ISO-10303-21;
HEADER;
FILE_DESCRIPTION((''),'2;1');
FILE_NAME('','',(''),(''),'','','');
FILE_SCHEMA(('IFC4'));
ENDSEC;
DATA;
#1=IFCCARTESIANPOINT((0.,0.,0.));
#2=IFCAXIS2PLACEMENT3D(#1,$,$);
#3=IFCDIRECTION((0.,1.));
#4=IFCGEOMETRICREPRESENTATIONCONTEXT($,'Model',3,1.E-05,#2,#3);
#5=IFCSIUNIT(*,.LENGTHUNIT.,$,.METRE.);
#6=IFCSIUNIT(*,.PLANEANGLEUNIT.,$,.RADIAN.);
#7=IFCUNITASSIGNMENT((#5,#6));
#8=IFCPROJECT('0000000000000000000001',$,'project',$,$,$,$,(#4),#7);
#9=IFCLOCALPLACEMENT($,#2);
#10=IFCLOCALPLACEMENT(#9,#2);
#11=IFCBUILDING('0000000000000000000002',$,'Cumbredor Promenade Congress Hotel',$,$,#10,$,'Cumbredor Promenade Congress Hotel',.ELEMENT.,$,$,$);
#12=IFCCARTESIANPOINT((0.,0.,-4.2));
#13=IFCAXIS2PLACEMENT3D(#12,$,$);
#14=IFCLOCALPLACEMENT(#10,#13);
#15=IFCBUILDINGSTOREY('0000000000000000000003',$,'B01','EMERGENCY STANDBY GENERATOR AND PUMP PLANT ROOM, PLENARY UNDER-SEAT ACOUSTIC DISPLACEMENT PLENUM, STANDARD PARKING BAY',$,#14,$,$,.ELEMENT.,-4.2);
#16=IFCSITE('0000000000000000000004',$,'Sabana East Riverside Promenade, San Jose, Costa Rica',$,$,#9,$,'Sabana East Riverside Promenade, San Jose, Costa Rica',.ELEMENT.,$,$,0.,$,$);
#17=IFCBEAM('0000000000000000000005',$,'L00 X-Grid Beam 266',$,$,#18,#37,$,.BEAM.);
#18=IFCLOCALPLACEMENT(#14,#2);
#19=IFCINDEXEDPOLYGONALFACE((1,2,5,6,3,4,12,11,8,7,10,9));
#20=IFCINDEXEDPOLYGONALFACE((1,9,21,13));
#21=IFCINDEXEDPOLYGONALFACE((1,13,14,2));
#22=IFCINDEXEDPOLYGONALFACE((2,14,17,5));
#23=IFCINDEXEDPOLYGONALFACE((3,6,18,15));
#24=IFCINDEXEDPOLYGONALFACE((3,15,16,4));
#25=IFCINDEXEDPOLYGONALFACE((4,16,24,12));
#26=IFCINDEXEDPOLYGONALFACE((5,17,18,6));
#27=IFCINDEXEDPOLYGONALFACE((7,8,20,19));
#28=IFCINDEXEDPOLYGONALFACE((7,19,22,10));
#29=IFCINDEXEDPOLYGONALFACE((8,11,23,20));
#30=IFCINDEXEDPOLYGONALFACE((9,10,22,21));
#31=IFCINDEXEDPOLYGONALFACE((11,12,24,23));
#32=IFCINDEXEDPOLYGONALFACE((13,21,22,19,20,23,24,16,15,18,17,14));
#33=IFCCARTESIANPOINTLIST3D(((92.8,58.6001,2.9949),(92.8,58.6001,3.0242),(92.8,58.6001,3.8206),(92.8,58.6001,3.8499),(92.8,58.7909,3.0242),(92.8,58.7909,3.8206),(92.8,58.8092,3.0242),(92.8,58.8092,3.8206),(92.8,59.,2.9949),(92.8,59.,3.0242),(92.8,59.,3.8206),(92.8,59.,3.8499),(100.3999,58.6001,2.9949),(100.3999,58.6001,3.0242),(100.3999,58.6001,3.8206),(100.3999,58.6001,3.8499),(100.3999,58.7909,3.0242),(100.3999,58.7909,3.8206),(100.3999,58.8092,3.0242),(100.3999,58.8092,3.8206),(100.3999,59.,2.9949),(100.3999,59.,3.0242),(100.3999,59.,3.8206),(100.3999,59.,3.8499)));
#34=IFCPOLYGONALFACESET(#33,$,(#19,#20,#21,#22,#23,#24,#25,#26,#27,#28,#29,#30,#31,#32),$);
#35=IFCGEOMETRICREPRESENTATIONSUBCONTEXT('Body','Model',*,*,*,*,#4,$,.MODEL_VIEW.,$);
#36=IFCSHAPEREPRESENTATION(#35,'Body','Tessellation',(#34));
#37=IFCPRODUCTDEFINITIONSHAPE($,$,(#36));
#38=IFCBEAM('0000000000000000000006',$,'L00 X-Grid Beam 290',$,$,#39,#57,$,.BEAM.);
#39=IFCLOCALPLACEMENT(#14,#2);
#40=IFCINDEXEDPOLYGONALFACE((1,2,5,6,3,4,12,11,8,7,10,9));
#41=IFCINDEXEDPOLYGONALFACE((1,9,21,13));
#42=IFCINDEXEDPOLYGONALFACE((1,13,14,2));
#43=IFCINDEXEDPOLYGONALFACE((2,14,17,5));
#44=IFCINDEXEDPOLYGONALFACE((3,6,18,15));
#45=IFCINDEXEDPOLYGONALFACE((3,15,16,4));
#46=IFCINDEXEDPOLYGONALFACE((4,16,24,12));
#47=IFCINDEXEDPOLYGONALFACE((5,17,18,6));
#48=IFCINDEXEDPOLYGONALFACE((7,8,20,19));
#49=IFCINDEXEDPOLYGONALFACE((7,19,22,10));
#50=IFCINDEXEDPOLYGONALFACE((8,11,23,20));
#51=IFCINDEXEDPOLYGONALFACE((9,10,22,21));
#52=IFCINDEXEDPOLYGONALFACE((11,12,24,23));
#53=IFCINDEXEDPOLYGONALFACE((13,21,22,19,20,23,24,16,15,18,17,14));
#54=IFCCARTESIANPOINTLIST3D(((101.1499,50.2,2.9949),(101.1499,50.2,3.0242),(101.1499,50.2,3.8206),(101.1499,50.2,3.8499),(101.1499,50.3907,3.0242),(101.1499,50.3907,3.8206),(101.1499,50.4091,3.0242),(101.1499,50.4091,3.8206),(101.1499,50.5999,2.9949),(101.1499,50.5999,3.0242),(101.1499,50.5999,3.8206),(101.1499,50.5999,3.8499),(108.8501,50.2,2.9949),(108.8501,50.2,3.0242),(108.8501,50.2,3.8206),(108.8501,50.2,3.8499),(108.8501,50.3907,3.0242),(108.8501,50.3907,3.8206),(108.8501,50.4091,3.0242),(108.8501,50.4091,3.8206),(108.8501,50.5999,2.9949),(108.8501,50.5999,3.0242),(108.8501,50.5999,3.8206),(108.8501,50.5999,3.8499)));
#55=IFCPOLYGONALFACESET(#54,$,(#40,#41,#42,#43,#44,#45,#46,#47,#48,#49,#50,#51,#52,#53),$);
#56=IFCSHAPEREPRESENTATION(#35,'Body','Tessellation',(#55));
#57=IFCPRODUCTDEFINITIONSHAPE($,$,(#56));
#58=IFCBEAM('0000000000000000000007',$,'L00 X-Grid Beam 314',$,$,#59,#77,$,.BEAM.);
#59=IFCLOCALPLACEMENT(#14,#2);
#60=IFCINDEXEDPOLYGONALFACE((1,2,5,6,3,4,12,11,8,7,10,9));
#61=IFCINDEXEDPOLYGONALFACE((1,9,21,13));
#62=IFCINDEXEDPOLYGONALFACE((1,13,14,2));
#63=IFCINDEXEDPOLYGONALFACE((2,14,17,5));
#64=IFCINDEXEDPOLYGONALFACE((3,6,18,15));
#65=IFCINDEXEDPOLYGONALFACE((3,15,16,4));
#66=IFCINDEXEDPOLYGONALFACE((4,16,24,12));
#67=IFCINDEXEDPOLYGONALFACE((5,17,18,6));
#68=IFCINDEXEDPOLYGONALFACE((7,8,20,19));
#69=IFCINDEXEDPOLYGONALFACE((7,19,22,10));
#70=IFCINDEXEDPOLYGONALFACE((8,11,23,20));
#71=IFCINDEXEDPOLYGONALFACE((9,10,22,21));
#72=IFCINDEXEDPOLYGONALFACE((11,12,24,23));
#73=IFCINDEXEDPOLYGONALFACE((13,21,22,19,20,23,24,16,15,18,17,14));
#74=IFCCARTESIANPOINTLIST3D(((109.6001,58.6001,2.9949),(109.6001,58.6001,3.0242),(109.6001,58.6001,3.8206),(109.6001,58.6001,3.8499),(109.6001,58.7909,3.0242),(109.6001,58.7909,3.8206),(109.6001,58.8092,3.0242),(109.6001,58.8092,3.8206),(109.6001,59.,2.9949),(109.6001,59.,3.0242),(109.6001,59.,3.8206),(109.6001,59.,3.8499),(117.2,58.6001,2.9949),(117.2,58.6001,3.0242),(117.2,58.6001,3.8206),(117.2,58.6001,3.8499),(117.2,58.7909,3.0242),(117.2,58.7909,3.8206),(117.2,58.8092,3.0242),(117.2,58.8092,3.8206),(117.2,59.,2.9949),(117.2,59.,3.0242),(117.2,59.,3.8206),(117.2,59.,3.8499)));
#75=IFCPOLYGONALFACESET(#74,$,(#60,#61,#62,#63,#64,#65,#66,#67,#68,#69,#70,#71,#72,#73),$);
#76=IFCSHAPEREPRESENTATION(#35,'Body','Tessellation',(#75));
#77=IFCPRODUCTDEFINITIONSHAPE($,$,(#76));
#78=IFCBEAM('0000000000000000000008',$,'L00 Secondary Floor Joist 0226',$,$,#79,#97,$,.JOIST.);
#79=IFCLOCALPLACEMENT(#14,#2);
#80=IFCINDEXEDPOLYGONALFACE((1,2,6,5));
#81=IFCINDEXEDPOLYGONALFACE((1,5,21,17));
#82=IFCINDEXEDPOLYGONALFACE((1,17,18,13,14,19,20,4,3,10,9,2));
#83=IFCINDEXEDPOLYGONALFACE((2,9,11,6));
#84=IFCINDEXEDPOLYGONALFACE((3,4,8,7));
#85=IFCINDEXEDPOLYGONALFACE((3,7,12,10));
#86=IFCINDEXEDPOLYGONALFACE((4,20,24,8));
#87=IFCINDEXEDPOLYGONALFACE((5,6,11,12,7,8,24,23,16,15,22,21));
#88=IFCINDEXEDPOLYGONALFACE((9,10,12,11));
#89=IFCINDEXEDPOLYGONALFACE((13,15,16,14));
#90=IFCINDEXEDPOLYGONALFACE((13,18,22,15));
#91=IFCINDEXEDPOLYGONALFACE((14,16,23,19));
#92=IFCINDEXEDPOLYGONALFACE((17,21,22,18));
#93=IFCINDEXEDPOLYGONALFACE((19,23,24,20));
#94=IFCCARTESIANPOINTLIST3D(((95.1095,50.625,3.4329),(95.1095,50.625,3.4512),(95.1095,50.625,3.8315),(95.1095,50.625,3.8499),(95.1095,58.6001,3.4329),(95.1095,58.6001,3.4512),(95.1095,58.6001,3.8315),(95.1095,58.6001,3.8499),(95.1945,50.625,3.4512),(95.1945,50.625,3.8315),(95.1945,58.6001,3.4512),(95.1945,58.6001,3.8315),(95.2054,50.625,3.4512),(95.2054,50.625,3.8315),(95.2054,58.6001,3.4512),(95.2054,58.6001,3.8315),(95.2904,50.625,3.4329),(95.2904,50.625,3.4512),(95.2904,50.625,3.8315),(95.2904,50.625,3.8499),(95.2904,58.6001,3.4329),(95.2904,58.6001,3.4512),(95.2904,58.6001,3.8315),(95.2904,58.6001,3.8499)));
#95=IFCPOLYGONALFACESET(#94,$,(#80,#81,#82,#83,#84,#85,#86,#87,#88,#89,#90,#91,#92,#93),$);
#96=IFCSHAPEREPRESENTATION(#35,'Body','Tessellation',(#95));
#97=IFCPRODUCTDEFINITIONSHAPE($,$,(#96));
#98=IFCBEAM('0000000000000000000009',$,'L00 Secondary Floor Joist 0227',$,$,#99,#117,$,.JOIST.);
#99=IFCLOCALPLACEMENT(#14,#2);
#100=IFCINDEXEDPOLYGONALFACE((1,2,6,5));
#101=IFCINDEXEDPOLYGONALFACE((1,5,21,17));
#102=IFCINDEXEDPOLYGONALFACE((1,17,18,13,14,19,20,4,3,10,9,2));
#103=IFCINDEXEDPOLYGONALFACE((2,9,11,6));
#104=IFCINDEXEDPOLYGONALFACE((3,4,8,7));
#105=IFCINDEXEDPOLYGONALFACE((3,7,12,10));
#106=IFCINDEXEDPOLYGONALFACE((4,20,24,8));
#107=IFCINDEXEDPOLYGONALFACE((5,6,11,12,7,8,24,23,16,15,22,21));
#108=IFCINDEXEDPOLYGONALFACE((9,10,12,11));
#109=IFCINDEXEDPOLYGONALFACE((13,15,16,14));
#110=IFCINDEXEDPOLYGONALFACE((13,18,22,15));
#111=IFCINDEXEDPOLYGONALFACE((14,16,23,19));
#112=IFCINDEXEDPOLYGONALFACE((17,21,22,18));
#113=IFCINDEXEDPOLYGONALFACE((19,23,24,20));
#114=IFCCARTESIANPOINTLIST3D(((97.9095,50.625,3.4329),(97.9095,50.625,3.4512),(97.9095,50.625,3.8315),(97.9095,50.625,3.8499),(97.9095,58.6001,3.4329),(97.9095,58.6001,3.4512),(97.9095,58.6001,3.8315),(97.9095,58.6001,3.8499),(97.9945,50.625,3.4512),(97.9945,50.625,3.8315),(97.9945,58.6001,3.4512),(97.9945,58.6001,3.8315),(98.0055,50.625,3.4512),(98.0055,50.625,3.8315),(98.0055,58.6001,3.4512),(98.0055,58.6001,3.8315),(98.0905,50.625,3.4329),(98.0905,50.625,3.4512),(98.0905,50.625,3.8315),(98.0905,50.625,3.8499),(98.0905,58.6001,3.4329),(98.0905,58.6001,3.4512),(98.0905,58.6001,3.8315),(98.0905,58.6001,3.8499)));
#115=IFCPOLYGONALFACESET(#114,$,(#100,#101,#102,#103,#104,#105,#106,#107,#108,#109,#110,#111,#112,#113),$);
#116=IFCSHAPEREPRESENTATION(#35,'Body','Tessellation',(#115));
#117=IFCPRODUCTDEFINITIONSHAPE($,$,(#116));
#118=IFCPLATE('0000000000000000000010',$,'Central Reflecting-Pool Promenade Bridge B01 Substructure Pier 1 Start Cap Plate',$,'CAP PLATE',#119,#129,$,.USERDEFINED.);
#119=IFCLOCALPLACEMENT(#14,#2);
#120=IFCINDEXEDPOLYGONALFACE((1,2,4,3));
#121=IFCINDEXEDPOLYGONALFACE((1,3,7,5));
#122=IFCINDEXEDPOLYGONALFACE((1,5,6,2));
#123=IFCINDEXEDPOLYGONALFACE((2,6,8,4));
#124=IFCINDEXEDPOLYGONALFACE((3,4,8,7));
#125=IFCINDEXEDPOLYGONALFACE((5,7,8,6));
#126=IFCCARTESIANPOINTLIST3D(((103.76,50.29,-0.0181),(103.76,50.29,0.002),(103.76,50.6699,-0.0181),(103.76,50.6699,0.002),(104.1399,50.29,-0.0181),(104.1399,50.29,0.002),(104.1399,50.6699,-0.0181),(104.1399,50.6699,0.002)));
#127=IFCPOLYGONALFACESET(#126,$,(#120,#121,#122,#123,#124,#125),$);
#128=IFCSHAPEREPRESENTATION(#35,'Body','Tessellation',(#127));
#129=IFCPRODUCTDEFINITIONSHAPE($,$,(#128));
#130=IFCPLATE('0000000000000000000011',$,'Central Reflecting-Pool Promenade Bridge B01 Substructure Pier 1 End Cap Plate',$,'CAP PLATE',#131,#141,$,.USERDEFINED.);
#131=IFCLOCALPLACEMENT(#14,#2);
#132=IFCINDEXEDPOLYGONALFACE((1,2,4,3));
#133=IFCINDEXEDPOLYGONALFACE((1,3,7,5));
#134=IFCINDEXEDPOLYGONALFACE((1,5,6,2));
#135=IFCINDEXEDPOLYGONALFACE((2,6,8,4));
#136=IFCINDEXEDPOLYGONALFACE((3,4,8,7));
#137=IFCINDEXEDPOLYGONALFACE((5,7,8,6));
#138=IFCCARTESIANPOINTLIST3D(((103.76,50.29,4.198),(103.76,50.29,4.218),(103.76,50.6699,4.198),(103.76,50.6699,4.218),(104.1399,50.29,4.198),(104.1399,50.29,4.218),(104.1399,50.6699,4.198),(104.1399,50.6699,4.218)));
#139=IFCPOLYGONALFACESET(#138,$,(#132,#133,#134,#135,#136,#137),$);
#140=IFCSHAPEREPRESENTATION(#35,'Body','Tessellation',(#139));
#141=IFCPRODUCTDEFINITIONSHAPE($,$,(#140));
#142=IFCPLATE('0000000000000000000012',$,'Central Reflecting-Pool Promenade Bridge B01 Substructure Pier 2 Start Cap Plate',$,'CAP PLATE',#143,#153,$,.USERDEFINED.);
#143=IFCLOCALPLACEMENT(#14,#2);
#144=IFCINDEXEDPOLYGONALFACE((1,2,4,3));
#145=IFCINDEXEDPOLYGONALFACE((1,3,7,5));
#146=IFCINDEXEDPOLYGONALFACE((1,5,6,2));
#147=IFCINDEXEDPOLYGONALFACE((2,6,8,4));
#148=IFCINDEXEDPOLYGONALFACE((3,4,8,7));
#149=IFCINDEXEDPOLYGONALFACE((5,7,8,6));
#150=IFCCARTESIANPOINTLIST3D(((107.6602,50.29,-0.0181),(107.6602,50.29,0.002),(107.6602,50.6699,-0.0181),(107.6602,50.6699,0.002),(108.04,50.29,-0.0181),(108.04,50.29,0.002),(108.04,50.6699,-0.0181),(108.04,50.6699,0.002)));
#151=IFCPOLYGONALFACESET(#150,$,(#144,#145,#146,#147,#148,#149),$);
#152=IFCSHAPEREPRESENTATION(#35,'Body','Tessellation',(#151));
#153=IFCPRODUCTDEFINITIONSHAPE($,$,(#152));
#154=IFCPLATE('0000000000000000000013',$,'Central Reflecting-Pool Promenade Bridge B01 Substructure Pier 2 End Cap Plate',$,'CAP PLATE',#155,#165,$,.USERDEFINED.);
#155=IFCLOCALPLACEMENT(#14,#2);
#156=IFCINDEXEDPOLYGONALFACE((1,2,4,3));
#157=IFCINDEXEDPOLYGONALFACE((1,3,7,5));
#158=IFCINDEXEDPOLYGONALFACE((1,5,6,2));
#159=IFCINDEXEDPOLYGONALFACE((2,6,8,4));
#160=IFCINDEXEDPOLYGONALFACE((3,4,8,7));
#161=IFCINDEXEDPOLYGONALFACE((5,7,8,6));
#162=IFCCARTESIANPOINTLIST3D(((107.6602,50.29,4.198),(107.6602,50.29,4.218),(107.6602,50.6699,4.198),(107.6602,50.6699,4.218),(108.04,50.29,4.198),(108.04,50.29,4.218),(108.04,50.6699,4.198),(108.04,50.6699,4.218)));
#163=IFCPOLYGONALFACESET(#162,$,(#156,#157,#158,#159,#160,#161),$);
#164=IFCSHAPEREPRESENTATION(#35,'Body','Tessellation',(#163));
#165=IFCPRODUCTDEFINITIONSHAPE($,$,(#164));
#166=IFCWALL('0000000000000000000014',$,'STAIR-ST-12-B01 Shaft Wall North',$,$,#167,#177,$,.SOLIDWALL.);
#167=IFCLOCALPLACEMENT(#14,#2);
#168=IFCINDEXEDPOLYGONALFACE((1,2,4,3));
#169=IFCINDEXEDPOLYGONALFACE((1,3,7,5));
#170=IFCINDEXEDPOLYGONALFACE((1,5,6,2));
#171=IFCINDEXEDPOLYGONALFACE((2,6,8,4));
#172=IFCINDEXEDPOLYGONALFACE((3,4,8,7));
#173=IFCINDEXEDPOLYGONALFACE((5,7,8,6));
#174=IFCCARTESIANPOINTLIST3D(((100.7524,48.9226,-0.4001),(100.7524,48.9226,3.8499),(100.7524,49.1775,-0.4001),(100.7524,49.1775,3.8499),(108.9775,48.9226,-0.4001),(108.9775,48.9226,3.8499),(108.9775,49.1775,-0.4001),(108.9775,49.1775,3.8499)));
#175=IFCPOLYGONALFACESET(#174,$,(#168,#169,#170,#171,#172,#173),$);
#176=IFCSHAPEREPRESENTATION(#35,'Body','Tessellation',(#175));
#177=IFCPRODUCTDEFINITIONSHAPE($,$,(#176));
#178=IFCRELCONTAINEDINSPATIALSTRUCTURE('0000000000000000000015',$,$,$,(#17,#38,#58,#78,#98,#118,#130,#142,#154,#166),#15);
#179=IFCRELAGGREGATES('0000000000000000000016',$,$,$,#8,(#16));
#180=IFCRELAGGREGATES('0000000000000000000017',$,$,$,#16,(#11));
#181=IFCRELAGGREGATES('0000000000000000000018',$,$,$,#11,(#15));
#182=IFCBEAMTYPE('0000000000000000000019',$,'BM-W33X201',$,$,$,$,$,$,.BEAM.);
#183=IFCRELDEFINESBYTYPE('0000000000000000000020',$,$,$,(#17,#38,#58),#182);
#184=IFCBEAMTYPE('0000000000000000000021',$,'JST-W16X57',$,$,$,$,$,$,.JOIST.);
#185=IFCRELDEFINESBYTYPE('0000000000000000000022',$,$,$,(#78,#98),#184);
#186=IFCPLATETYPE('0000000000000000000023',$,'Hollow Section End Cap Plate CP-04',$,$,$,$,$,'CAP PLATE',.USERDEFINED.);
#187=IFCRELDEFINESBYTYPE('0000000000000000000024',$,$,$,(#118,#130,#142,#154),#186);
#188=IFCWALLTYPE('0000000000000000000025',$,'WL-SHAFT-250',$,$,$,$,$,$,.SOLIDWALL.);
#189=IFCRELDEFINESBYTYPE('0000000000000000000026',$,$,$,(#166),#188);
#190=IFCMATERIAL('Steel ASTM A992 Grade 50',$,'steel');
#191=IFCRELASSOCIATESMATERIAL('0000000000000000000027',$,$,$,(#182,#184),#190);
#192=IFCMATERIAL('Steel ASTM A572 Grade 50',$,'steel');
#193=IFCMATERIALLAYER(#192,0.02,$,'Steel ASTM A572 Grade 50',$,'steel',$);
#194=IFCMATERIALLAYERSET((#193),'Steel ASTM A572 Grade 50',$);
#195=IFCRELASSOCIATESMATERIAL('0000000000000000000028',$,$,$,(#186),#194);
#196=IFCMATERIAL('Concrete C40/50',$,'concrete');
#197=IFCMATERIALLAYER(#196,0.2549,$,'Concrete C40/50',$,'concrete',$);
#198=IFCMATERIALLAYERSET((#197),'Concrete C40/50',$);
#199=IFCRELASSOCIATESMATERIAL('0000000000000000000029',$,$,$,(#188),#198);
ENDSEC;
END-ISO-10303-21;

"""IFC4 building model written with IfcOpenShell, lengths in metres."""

from ifc_helpers import new_model, si_unit, direction, frame, frame_2d, origin, origin_2d, place, context, subcontext, project, spatial, rectangle, i_section, extrude, material, layer, layer_set, material_profile, profile_set, type_object, element, save


model = new_model("IFC4")

# Units and contexts
model_context = context("Model", 3, precision=1e-05, world=origin(), true_north=direction((0.0, 1.0)))
body_context = subcontext(model_context, "Body", "Model", "MODEL_VIEW")
ifc_project = project(units=[si_unit("LENGTHUNIT", "METRE"), si_unit("PLANEANGLEUNIT", "RADIAN")], contexts=[model_context])

# Site, building, storey
site_placement = place(None, origin())
site = spatial("IfcSite", under=ifc_project, at=site_placement, Name="Sabana East Riverside Promenade, San Jose, Costa Rica", LongName="Sabana East Riverside Promenade, San Jose, Costa Rica", CompositionType="ELEMENT", RefElevation=0.0)
building_placement = place(site_placement, origin())
building = spatial("IfcBuilding", under=site, at=building_placement, Name="Cumbredor Promenade Congress Hotel", LongName="Cumbredor Promenade Congress Hotel", CompositionType="ELEMENT")
storey_placement = place(building_placement, frame((0.0, 0.0, -4.2)))
storey = spatial("IfcBuildingStorey", under=building, at=storey_placement, Name="B01", Description="EMERGENCY STANDBY GENERATOR AND PUMP PLANT ROOM, PLENARY UNDER-SEAT ACOUSTIC DISPLACEMENT PLENUM, STANDARD PARKING BAY", CompositionType="ELEMENT", Elevation=-4.2)

# Shared definitions
ifc_material_1 = material(Name="Concrete C40/50", Category="concrete")

# Beams
ifc_material_2 = material(Name="Steel ASTM A992 Grade 50", Category="steel")
ifc_material_profile_1 = material_profile(ifc_material_2, i_section(OverallWidth=0.3999, OverallDepth=0.855, WebThickness=0.0183, FlangeThickness=0.0293, at=origin_2d()), Name="W33X201")
ifc_profile_set_1 = profile_set([ifc_material_profile_1], Name="Steel ASTM A992 Grade 50")
beam_type_1 = type_object("IfcBeamType", Name="BM-W33X201", PredefinedType="BEAM", material=ifc_profile_set_1)
beam_1_placement = place(storey_placement, frame((92.8, 58.8, 3.4224), z_axis=(1.0, 0.0, 0.0), x_axis=(0.0, 1.0, 0.0)))
element("IfcBeam", 1, at=beam_1_placement, inside=storey, type_object=beam_type_1, Name="L00 X-Grid Beam 266", PredefinedType="BEAM", context=body_context, shape_type="SweptSolid", body=[
    extrude(i_section(OverallWidth=0.3999, OverallDepth=0.855, WebThickness=0.0183, FlangeThickness=0.0293, at=origin_2d()), origin(), (0.0, 0.0, 1.0), 7.5999),
])
beam_2_placement = place(storey_placement, frame((101.1499, 50.3999, 3.4224), z_axis=(1.0, 0.0, 0.0), x_axis=(0.0, 1.0, 0.0)))
element("IfcBeam", 2, at=beam_2_placement, inside=storey, type_object=beam_type_1, Name="L00 X-Grid Beam 290", PredefinedType="BEAM", context=body_context, shape_type="SweptSolid", body=[
    extrude(i_section(OverallWidth=0.3999, OverallDepth=0.855, WebThickness=0.0183, FlangeThickness=0.0293, at=origin_2d()), origin(), (0.0, 0.0, 1.0), 7.7002),
])
beam_3_placement = place(storey_placement, frame((109.6001, 58.8, 3.4224), z_axis=(1.0, 0.0, 0.0), x_axis=(0.0, 1.0, 0.0)))
element("IfcBeam", 3, at=beam_3_placement, inside=storey, type_object=beam_type_1, Name="L00 X-Grid Beam 314", PredefinedType="BEAM", context=body_context, shape_type="SweptSolid", body=[
    extrude(i_section(OverallWidth=0.3999, OverallDepth=0.855, WebThickness=0.0183, FlangeThickness=0.0293, at=origin_2d()), origin(), (0.0, 0.0, 1.0), 7.5999),
])
ifc_material_profile_2 = material_profile(ifc_material_2, i_section(OverallWidth=0.1809, OverallDepth=0.417, WebThickness=0.011, FlangeThickness=0.0183, at=origin_2d()), Name="W16X57")
ifc_profile_set_2 = profile_set([ifc_material_profile_2], Name="Steel ASTM A992 Grade 50")
beam_type_2 = type_object("IfcBeamType", Name="JST-W16X57", PredefinedType="JOIST", material=ifc_profile_set_2)
for number, where, z_axis, x_axis, name in (
    (4, (95.2, 50.625, 3.6414), (0.0, 1.0, 0.0), (-1.0, 0.0, 0.0), "L00 Secondary Floor Joist 0226"),
    (5, (98.0, 50.625, 3.6414), (0.0, 1.0, 0.0), (-1.0, 0.0, 0.0), "L00 Secondary Floor Joist 0227"),
):
    element("IfcBeam", number, at=place(storey_placement, frame(where, z_axis=z_axis, x_axis=x_axis)), inside=storey, type_object=beam_type_2, Name=name, PredefinedType="JOIST", context=body_context, shape_type="SweptSolid", body=[
        extrude(i_section(OverallWidth=0.1809, OverallDepth=0.417, WebThickness=0.011, FlangeThickness=0.0183, at=origin_2d()), origin(), (0.0, 0.0, 1.0), 7.9751),
    ])

# Plates
ifc_material_3 = material(Name="Steel ASTM A572 Grade 50", Category="steel")
ifc_layer_1 = layer(ifc_material_3, 0.02, Name="Steel ASTM A572 Grade 50", Category="steel")
ifc_layer_set_1 = layer_set([ifc_layer_1], Name="Steel ASTM A572 Grade 50")
plate_type = type_object("IfcPlateType", Name="Hollow Section End Cap Plate CP-04", ElementType="CAP PLATE", PredefinedType="USERDEFINED", material=ifc_layer_set_1)
for number, where, z_axis, x_axis, name in (
    (6, (103.95, 50.48, -0.0181), (0.0, 0.0, 1.0), (1.0, 0.0, 0.0), "Central Reflecting-Pool Promenade Bridge B01 Substructure Pier 1 Start Cap Plate"),
    (7, (103.95, 50.48, 4.198), (0.0, 0.0, 1.0), (1.0, 0.0, 0.0), "Central Reflecting-Pool Promenade Bridge B01 Substructure Pier 1 End Cap Plate"),
    (8, (107.8501, 50.48, -0.0181), (0.0, 0.0, 1.0), (1.0, 0.0, 0.0), "Central Reflecting-Pool Promenade Bridge B01 Substructure Pier 2 Start Cap Plate"),
    (9, (107.8501, 50.48, 4.198), (0.0, 0.0, 1.0), (1.0, 0.0, 0.0), "Central Reflecting-Pool Promenade Bridge B01 Substructure Pier 2 End Cap Plate"),
):
    element("IfcPlate", number, at=place(storey_placement, frame(where, z_axis=z_axis, x_axis=x_axis)), inside=storey, type_object=plate_type, Name=name, ObjectType="CAP PLATE", PredefinedType="USERDEFINED", context=body_context, shape_type="SweptSolid", body=[
        extrude(rectangle(XDim=0.3799, YDim=0.3799, at=origin_2d()), origin(), (0.0, 0.0, 1.0), 0.02),
    ])

# Wall
ifc_layer_2 = layer(ifc_material_1, 0.2549, Name="Concrete C40/50", Category="concrete")
ifc_layer_set_2 = layer_set([ifc_layer_2], Name="Concrete C40/50")
wall_type = type_object("IfcWallType", Name="WL-SHAFT-250", PredefinedType="SOLIDWALL", material=ifc_layer_set_2)
wall_placement = place(storey_placement, frame((100.7524, 49.05, -0.4001), z_axis=(0.0, 0.0, 1.0), x_axis=(1.0, 0.0, 0.0)))
element("IfcWall", 10, at=wall_placement, inside=storey, type_object=wall_type, Name="STAIR-ST-12-B01 Shaft Wall North", PredefinedType="SOLIDWALL", context=body_context, shape_type="SweptSolid", body=[
    extrude(rectangle(XDim=8.2251, YDim=0.2549, at=frame_2d((4.1125, 0.0))), origin(), (0.0, 0.0, 1.0), 4.25),
])

save(model, "model.ifc")
